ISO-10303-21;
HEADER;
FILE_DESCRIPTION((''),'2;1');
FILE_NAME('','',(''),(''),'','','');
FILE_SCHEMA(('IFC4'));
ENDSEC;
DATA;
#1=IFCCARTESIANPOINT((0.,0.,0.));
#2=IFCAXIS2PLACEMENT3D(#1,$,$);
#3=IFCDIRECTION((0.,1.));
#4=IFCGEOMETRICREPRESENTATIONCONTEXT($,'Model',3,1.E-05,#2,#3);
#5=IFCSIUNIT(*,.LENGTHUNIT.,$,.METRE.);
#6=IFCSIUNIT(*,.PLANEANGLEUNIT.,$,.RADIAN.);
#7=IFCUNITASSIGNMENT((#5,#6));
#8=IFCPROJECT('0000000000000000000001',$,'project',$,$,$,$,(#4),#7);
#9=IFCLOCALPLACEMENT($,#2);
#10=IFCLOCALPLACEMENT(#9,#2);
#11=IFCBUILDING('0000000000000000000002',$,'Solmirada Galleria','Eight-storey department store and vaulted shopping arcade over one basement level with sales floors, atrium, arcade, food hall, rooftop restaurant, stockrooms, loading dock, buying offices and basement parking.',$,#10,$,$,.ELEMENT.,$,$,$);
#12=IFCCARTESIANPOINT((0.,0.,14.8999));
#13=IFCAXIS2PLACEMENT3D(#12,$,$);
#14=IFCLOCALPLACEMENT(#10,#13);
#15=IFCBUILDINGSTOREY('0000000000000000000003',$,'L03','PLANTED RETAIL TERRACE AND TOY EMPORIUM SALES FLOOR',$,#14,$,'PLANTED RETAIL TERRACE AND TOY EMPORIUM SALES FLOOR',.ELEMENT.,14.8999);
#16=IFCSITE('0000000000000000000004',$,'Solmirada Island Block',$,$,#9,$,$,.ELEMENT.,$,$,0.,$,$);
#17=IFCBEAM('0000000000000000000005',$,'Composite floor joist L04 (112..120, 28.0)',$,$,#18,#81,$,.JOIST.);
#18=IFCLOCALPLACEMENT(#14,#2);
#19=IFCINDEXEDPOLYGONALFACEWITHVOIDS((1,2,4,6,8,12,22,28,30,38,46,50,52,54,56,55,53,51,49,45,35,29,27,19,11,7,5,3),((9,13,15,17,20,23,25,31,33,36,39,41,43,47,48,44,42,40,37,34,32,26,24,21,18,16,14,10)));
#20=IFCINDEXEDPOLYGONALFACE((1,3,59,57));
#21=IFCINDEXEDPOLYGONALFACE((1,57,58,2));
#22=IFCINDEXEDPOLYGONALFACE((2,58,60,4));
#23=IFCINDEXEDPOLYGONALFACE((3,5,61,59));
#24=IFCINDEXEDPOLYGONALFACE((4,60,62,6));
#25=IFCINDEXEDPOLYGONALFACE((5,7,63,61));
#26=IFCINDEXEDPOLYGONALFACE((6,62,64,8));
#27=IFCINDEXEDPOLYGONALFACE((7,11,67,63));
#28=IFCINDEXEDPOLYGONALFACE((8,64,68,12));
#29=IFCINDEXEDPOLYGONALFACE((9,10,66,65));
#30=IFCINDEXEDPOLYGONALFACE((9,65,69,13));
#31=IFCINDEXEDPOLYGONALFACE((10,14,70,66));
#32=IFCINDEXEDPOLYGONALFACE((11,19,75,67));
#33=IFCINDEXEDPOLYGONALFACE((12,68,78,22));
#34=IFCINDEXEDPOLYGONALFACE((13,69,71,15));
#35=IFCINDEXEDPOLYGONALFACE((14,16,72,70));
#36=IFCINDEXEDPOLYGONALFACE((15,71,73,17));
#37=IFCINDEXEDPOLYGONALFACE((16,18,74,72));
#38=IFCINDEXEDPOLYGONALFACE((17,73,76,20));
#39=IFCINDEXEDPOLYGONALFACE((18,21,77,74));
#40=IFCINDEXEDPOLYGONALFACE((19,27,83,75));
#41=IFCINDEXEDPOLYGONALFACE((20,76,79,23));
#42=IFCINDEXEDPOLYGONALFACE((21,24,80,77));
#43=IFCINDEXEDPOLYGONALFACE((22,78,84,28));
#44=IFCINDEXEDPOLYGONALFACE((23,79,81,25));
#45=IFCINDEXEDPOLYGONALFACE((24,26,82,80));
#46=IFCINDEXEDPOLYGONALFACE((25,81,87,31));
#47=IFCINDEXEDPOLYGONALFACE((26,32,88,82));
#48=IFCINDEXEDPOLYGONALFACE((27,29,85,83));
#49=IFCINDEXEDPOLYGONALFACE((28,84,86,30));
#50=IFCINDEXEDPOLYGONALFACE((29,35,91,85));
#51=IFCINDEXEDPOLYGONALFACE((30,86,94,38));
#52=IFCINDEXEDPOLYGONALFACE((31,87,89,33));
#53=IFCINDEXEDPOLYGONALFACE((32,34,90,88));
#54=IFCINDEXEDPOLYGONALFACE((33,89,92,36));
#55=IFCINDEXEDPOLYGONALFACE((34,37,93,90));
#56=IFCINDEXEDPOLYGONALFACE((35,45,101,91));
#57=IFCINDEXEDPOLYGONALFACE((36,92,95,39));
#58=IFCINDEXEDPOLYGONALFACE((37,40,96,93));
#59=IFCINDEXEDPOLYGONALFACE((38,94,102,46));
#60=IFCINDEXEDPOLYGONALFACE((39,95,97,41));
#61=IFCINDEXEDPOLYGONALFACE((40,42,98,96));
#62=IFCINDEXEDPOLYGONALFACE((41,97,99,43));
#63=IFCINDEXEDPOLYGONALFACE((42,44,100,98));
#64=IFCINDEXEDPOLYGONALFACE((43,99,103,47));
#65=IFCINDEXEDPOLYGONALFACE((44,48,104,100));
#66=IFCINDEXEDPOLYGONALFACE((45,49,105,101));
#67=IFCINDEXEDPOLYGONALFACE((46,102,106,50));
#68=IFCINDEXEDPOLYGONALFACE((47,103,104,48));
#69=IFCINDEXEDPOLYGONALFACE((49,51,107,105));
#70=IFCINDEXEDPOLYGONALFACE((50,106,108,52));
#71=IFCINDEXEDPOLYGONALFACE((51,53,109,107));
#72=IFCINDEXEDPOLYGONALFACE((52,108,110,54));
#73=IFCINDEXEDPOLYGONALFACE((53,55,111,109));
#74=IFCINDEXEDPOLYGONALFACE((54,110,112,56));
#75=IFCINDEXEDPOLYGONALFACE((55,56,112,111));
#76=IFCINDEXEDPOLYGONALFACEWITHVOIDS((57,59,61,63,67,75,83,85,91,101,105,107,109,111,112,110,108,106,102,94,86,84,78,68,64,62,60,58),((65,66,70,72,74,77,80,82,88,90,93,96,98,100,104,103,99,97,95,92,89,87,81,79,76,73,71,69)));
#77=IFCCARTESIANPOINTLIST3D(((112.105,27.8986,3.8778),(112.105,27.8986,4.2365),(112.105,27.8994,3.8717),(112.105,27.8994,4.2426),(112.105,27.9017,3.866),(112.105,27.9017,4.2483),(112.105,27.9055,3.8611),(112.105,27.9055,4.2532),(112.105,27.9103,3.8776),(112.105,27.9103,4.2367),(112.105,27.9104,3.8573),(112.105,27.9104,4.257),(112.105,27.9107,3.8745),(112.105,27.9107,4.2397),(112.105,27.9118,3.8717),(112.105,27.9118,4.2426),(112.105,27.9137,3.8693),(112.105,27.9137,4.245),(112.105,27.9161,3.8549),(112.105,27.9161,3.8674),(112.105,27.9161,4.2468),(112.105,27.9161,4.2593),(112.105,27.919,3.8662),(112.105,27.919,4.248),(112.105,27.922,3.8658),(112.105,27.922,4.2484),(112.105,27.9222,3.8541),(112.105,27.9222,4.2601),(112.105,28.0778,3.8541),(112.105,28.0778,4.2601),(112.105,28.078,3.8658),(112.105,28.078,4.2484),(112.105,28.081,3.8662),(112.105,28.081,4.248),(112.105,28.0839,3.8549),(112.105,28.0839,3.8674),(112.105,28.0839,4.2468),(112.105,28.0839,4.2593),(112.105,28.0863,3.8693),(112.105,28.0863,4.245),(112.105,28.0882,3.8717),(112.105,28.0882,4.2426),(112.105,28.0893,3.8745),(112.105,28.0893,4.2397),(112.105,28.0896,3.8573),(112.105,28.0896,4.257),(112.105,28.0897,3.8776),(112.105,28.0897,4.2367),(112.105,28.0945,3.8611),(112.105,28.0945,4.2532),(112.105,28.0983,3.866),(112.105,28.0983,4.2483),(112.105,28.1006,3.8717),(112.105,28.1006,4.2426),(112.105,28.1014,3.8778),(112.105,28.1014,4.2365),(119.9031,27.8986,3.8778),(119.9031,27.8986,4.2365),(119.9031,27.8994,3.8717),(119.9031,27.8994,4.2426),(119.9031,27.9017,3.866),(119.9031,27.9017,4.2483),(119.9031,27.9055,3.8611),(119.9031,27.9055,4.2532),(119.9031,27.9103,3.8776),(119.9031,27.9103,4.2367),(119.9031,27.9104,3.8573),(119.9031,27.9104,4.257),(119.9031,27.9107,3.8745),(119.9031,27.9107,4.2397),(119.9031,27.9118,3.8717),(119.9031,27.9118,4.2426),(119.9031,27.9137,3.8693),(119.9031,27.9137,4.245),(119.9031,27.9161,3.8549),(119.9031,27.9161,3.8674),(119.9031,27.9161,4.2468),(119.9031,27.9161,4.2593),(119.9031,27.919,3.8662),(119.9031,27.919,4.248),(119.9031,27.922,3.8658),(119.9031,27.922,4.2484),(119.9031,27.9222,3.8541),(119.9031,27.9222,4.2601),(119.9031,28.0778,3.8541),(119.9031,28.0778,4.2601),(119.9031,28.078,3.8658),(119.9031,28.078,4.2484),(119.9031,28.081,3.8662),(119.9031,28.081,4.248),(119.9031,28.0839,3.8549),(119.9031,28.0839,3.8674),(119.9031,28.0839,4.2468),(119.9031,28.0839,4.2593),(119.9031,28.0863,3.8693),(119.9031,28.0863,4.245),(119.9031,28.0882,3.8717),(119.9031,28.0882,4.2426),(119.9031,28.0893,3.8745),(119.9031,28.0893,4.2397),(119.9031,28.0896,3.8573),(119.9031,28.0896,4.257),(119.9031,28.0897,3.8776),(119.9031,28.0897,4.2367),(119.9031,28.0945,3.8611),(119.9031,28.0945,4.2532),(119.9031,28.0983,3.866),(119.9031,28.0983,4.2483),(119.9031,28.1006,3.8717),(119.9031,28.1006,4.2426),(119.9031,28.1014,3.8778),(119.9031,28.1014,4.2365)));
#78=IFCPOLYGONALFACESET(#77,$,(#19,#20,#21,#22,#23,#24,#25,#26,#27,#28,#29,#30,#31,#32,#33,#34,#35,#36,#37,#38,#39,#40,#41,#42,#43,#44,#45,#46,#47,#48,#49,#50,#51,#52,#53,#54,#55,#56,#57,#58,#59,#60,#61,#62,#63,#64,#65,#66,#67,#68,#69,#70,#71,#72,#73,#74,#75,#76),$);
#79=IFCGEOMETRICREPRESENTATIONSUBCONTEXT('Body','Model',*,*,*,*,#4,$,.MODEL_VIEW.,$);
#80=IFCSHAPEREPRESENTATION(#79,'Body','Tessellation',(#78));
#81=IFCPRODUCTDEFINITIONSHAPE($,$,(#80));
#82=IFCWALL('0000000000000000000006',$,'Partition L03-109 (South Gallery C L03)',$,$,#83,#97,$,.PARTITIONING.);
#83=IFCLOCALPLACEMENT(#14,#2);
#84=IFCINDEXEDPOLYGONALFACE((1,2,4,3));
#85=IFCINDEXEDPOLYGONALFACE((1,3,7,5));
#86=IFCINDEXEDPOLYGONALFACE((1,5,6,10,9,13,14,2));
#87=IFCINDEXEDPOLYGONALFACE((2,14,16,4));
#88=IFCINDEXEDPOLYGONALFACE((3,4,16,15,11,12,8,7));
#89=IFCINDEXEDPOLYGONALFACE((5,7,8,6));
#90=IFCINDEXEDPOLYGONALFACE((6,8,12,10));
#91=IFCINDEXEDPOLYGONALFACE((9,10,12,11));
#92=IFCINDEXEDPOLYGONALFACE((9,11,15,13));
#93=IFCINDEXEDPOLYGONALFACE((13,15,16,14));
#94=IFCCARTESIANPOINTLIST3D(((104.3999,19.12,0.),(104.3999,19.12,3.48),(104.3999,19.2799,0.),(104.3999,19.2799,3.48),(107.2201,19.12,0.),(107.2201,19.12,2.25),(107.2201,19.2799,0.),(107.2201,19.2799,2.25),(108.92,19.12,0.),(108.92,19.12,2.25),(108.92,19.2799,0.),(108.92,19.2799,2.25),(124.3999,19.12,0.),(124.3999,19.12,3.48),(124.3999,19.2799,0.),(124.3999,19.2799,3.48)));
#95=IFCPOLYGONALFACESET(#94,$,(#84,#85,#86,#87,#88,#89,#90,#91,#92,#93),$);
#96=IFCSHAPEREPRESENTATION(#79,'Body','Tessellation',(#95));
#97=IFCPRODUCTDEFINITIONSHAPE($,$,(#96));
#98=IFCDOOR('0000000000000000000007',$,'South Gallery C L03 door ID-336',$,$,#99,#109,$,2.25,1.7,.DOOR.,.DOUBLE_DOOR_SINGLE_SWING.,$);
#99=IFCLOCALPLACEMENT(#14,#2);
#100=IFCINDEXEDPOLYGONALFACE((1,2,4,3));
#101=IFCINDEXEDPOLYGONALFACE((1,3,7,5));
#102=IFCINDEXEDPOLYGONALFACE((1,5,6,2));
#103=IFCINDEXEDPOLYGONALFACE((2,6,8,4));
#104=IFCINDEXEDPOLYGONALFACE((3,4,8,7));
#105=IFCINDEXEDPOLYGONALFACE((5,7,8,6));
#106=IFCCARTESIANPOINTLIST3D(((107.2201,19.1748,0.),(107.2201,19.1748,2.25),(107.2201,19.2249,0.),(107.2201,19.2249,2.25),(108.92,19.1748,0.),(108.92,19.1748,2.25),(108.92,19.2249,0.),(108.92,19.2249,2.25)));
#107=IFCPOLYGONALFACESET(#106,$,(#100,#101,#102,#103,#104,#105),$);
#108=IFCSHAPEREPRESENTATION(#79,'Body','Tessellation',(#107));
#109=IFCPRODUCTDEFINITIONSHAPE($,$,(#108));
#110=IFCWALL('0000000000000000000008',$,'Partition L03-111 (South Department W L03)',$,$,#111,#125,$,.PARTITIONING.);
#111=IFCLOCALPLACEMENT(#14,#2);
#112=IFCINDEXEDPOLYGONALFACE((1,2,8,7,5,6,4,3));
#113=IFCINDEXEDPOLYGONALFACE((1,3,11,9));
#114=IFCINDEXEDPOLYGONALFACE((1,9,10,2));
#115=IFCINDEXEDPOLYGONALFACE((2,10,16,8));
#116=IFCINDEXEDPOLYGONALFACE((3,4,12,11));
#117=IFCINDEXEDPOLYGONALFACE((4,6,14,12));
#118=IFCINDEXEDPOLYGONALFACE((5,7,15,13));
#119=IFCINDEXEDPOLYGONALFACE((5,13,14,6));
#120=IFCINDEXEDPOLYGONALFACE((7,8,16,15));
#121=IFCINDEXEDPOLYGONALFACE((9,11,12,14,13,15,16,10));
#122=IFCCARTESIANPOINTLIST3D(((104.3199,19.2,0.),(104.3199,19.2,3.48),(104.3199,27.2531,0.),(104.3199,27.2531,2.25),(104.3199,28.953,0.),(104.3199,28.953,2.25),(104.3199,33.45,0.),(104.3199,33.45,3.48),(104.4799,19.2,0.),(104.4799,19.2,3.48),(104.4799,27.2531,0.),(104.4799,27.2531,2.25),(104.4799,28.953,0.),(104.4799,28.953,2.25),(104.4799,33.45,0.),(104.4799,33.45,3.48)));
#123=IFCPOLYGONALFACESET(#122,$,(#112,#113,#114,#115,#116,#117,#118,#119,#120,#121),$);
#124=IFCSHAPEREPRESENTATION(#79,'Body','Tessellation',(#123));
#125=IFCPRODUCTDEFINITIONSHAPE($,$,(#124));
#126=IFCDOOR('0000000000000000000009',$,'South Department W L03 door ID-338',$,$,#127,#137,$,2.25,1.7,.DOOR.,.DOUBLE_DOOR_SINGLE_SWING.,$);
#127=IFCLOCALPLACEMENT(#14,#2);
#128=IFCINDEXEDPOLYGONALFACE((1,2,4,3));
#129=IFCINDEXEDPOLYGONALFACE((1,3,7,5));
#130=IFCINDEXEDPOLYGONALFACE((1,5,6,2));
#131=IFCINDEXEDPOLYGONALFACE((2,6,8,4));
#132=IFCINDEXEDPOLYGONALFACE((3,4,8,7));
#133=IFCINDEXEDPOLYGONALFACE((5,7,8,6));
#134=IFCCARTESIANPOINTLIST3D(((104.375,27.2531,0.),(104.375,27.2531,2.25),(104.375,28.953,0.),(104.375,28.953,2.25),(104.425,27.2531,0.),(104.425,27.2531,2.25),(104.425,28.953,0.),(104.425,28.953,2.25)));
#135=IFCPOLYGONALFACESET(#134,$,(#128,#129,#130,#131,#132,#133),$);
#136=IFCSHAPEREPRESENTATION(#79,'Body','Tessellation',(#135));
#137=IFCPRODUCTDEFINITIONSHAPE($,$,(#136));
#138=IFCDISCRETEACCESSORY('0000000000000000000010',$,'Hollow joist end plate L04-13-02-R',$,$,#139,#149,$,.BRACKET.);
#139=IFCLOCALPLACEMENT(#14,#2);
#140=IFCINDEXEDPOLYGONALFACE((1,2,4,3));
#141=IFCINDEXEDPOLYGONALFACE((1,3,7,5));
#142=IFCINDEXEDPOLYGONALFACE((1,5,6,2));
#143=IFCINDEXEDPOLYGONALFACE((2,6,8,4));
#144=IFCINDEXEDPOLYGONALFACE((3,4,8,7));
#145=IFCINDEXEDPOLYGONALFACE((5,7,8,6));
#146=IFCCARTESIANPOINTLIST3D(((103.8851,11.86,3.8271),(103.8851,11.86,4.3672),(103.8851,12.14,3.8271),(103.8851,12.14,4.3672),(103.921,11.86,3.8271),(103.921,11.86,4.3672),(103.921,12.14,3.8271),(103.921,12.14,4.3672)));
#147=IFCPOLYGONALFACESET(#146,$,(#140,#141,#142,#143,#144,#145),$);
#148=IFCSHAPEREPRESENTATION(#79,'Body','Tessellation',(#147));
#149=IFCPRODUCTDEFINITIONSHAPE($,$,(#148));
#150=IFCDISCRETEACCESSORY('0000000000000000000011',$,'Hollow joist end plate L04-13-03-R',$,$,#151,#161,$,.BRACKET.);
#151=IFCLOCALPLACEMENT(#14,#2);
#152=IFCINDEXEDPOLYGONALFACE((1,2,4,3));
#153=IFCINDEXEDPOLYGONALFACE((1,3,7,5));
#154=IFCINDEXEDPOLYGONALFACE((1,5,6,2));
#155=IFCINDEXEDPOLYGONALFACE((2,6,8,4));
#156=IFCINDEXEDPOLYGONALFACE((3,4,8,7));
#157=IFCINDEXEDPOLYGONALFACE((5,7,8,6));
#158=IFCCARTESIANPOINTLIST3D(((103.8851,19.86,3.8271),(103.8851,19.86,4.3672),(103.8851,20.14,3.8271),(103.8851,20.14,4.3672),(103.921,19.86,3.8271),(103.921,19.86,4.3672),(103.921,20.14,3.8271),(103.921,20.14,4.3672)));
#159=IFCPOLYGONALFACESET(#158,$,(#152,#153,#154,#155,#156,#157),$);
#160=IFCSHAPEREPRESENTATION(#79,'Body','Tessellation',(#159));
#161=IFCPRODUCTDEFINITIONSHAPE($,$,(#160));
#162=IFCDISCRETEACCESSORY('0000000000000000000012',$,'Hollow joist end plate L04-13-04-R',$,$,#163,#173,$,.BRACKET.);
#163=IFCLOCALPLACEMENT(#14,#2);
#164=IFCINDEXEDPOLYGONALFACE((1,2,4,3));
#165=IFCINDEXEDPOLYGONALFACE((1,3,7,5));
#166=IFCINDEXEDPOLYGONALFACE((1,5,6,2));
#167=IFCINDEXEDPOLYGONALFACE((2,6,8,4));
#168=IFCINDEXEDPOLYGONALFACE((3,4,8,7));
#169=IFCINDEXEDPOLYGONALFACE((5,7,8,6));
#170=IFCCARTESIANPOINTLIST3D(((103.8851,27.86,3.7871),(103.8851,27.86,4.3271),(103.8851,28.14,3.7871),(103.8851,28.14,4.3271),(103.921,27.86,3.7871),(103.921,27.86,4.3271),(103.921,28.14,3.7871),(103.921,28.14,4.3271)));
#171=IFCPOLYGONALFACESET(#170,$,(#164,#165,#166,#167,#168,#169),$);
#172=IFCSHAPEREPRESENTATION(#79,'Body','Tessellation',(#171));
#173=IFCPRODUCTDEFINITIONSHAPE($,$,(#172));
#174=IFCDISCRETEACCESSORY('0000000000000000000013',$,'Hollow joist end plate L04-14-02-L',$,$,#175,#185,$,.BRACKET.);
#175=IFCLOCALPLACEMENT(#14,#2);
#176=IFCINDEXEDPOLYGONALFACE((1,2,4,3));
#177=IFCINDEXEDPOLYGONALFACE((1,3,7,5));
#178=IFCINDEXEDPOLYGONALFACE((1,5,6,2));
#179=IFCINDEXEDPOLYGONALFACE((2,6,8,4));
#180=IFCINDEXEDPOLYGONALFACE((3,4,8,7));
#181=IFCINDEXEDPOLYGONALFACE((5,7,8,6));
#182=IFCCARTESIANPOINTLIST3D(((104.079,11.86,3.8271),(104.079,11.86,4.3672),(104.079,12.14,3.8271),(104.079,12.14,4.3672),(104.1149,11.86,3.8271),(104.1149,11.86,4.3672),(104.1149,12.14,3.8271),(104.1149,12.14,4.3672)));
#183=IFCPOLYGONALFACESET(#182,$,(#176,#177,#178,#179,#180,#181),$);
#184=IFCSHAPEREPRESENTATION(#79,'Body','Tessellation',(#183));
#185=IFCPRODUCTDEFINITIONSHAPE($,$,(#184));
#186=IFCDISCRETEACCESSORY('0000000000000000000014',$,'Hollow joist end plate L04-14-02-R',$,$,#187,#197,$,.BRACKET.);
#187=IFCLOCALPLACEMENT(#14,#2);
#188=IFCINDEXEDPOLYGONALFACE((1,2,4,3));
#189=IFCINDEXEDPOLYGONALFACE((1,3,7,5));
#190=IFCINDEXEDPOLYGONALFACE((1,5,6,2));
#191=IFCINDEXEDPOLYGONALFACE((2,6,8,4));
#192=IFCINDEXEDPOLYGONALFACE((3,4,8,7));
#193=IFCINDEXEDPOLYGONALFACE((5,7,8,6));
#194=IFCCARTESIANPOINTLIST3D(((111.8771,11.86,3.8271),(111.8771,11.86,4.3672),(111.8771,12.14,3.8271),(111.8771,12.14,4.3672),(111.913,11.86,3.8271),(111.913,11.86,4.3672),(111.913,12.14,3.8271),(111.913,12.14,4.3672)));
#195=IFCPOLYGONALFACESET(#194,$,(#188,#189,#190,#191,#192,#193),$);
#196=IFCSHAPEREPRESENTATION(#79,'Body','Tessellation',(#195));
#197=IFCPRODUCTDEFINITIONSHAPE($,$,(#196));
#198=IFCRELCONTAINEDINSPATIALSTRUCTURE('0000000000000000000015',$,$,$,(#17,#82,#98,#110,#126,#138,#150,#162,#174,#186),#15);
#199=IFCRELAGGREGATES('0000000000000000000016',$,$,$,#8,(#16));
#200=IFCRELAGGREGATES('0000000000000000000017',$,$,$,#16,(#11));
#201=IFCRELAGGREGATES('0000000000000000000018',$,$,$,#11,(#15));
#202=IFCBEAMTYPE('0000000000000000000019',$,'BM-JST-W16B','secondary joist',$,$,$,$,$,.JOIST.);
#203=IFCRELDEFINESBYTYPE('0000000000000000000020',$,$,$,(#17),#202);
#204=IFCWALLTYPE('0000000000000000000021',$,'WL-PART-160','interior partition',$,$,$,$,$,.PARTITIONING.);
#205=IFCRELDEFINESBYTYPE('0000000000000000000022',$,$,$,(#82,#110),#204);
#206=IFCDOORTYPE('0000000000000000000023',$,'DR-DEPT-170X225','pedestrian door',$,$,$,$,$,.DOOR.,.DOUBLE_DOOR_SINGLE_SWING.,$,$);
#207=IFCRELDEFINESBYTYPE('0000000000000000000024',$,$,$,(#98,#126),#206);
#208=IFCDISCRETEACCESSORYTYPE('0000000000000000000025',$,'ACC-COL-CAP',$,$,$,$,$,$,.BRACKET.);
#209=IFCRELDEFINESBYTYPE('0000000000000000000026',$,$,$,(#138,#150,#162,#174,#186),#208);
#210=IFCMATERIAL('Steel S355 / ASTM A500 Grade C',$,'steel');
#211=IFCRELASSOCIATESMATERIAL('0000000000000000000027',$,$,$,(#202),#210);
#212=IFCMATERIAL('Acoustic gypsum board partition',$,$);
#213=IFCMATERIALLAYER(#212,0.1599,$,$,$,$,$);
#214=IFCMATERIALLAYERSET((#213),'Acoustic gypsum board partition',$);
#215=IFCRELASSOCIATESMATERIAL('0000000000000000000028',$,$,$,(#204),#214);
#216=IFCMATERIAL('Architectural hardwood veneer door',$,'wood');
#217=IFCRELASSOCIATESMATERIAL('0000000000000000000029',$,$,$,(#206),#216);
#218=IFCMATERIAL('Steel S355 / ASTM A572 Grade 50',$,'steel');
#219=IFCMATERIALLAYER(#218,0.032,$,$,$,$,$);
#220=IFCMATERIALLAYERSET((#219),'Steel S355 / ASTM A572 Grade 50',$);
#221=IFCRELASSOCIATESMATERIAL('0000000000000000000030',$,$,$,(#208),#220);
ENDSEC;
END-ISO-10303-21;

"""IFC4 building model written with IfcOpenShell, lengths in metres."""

from ifc_helpers import new_model, si_unit, direction, frame, frame_2d, origin, origin_2d, place, context, subcontext, project, spatial, rectangle, hollow_rectangle, extrude, material, layer, layer_set, material_profile, profile_set, type_object, element, fill, save


model = new_model("IFC4")

# Units and contexts
model_context = context("Model", 3, precision=1e-05, world=origin(), true_north=direction((0.0, 1.0)))
body_context = subcontext(model_context, "Body", "Model", "MODEL_VIEW")
ifc_project = project(units=[si_unit("LENGTHUNIT", "METRE"), si_unit("PLANEANGLEUNIT", "RADIAN")], contexts=[model_context])

# Site, building, storey
site_placement = place(None, origin())
site = spatial("IfcSite", under=ifc_project, at=site_placement, Name="Solmirada Island Block", CompositionType="ELEMENT", RefElevation=0.0)
building_placement = place(site_placement, origin())
building = spatial("IfcBuilding", under=site, at=building_placement, Name="Solmirada Galleria", Description="Eight-storey department store and vaulted shopping arcade over one basement level with sales floors, atrium, arcade, food hall, rooftop restaurant, stockrooms, loading dock, buying offices and basement parking.", CompositionType="ELEMENT")
storey_placement = place(building_placement, frame((0.0, 0.0, 14.8999)))
storey = spatial("IfcBuildingStorey", under=building, at=storey_placement, Name="L03", Description="PLANTED RETAIL TERRACE AND TOY EMPORIUM SALES FLOOR", LongName="PLANTED RETAIL TERRACE AND TOY EMPORIUM SALES FLOOR", CompositionType="ELEMENT", Elevation=14.8999)

# Beam
ifc_material_1 = material(Name="Steel S355 / ASTM A500 Grade C", Category="steel")
ifc_material_profile_1 = material_profile(ifc_material_1, hollow_rectangle(XDim=0.2029, YDim=0.406, WallThickness=0.0117, InnerFilletRadius=0.0117, OuterFilletRadius=0.0237, at=origin_2d()), Name="HSS16X8X1/2")
ifc_profile_set_1 = profile_set([ifc_material_profile_1], Name="Steel S355 / ASTM A500 Grade C")
beam_type_1 = type_object("IfcBeamType", Name="BM-JST-W16B", Description="secondary joist", PredefinedType="JOIST", material=ifc_profile_set_1)
for number, where, z_axis, x_axis, name in (
    (1, (112.105, 28.0, 4.0571), (1.0, 0.0, 0.0), (0.0, 1.0, 0.0), "Composite floor joist L04 (112..120, 28.0)"),
):
    element("IfcBeam", number, at=place(storey_placement, frame(where, z_axis=z_axis, x_axis=x_axis)), inside=storey, type_object=beam_type_1, Name=name, PredefinedType="JOIST", context=body_context, shape_type="SweptSolid", body=[
        extrude(hollow_rectangle(XDim=0.2029, YDim=0.406, WallThickness=0.0117, InnerFilletRadius=0.0117, OuterFilletRadius=0.0237, at=origin_2d()), origin(), (0.0, 0.0, 1.0), 7.7981),
    ])

# Walls, openings, doors
ifc_material_2 = material(Name="Acoustic gypsum board partition")
ifc_layer_1 = layer(ifc_material_2, 0.1599)
ifc_layer_set_1 = layer_set([ifc_layer_1], Name="Acoustic gypsum board partition")
wall_type = type_object("IfcWallType", Name="WL-PART-160", Description="interior partition", PredefinedType="PARTITIONING", material=ifc_layer_set_1)
wall_1_placement = place(storey_placement, frame((104.3999, 19.2, 0.0), z_axis=(0.0, 0.0, 1.0), x_axis=(1.0, 0.0, 0.0)))
wall_1 = element("IfcWall", 2, at=wall_1_placement, inside=storey, type_object=wall_type, Name="Partition L03-109 (South Gallery C L03)", PredefinedType="PARTITIONING", context=body_context, shape_type="SweptSolid", body=[
    extrude(rectangle(XDim=20.0, YDim=0.1599, at=frame_2d((10.0, 0.0))), origin(), (0.0, 0.0, 1.0), 3.48),
])
opening_1_placement = place(wall_1_placement, frame((2.8201, 0.0, 0.0)))
opening_1 = element("IfcOpeningElement", 3, at=opening_1_placement, cuts=wall_1, PredefinedType="OPENING", context=body_context, shape_type="SweptSolid", body=[
    extrude(rectangle(XDim=1.7, YDim=2.25, at=frame_2d((0.8501, 1.125))), frame((0.0, 0.0898, 0.0), z_axis=(0.0, -1.0, 0.0), x_axis=(1.0, 0.0, 0.0)), (0.0, 0.0, 1.0), 0.1799),
])
ifc_material_3 = material(Name="Architectural hardwood veneer door", Category="wood")
door_type = type_object("IfcDoorType", Name="DR-DEPT-170X225", Description="pedestrian door", OperationType="DOUBLE_DOOR_SINGLE_SWING", PredefinedType="DOOR", material=ifc_material_3)
door_1_placement = place(opening_1_placement, origin())
door_1 = element("IfcDoor", 4, at=door_1_placement, inside=storey, type_object=door_type, Name="South Gallery C L03 door ID-336", OperationType="DOUBLE_DOOR_SINGLE_SWING", OverallHeight=2.25, OverallWidth=1.7, PredefinedType="DOOR", context=body_context, shape_type="SweptSolid", body=[
    extrude(rectangle(XDim=1.7, YDim=2.25, at=frame_2d((0.8501, 1.125))), frame((0.0, 0.0249, 0.0), z_axis=(0.0, -1.0, 0.0), x_axis=(1.0, 0.0, 0.0)), (0.0, 0.0, 1.0), 0.05),
])
fill(opening_1, door_1)
wall_2_placement = place(storey_placement, frame((104.3999, 19.2, 0.0), z_axis=(0.0, 0.0, 1.0), x_axis=(0.0, 1.0, 0.0)))
wall_2 = element("IfcWall", 5, at=wall_2_placement, inside=storey, type_object=wall_type, Name="Partition L03-111 (South Department W L03)", PredefinedType="PARTITIONING", context=body_context, shape_type="SweptSolid", body=[
    extrude(rectangle(XDim=14.25, YDim=0.1599, at=frame_2d((7.125, 0.0))), origin(), (0.0, 0.0, 1.0), 3.48),
])
opening_2_placement = place(wall_2_placement, frame((8.053, 0.0, 0.0)))
opening_2 = element("IfcOpeningElement", 6, at=opening_2_placement, cuts=wall_2, PredefinedType="OPENING", context=body_context, shape_type="SweptSolid", body=[
    extrude(rectangle(XDim=1.7, YDim=2.25, at=frame_2d((0.8501, 1.125))), frame((0.0, 0.0898, 0.0), z_axis=(0.0, -1.0, 0.0), x_axis=(1.0, 0.0, 0.0)), (0.0, 0.0, 1.0), 0.1799),
])
door_2_placement = place(opening_2_placement, origin())
door_2 = element("IfcDoor", 7, at=door_2_placement, inside=storey, type_object=door_type, Name="South Department W L03 door ID-338", OperationType="DOUBLE_DOOR_SINGLE_SWING", OverallHeight=2.25, OverallWidth=1.7, PredefinedType="DOOR", context=body_context, shape_type="SweptSolid", body=[
    extrude(rectangle(XDim=1.7, YDim=2.25, at=frame_2d((0.8501, 1.125))), frame((0.0, 0.0249, 0.0), z_axis=(0.0, -1.0, 0.0), x_axis=(1.0, 0.0, 0.0)), (0.0, 0.0, 1.0), 0.05),
])
fill(opening_2, door_2)

# Discrete accessories
ifc_material_4 = material(Name="Steel S355 / ASTM A572 Grade 50", Category="steel")
ifc_layer_2 = layer(ifc_material_4, 0.032)
ifc_layer_set_2 = layer_set([ifc_layer_2], Name="Steel S355 / ASTM A572 Grade 50")
discrete_accessory_type = type_object("IfcDiscreteAccessoryType", Name="ACC-COL-CAP", PredefinedType="BRACKET", material=ifc_layer_set_2)
for number, where, z_axis, x_axis, name in (
    (8, (103.9031, 12.0, 3.8271), (0.0, 0.0, 1.0), (1.0, 0.0, 0.0), "Hollow joist end plate L04-13-02-R"),
    (9, (103.9031, 20.0, 3.8271), (0.0, 0.0, 1.0), (1.0, 0.0, 0.0), "Hollow joist end plate L04-13-03-R"),
    (10, (103.9031, 28.0, 3.7871), (0.0, 0.0, 1.0), (1.0, 0.0, 0.0), "Hollow joist end plate L04-13-04-R"),
    (11, (104.0969, 12.0, 3.8271), (0.0, 0.0, 1.0), (1.0, 0.0, 0.0), "Hollow joist end plate L04-14-02-L"),
    (12, (111.895, 12.0, 3.8271), (0.0, 0.0, 1.0), (1.0, 0.0, 0.0), "Hollow joist end plate L04-14-02-R"),
):
    element("IfcDiscreteAccessory", number, at=place(storey_placement, frame(where, z_axis=z_axis, x_axis=x_axis)), inside=storey, type_object=discrete_accessory_type, Name=name, PredefinedType="BRACKET", context=body_context, shape_type="SweptSolid", body=[
        extrude(rectangle(XDim=0.0359, YDim=0.28, at=origin_2d()), origin(), (0.0, 0.0, 1.0), 0.54),
    ])

save(model, "model.ifc")
